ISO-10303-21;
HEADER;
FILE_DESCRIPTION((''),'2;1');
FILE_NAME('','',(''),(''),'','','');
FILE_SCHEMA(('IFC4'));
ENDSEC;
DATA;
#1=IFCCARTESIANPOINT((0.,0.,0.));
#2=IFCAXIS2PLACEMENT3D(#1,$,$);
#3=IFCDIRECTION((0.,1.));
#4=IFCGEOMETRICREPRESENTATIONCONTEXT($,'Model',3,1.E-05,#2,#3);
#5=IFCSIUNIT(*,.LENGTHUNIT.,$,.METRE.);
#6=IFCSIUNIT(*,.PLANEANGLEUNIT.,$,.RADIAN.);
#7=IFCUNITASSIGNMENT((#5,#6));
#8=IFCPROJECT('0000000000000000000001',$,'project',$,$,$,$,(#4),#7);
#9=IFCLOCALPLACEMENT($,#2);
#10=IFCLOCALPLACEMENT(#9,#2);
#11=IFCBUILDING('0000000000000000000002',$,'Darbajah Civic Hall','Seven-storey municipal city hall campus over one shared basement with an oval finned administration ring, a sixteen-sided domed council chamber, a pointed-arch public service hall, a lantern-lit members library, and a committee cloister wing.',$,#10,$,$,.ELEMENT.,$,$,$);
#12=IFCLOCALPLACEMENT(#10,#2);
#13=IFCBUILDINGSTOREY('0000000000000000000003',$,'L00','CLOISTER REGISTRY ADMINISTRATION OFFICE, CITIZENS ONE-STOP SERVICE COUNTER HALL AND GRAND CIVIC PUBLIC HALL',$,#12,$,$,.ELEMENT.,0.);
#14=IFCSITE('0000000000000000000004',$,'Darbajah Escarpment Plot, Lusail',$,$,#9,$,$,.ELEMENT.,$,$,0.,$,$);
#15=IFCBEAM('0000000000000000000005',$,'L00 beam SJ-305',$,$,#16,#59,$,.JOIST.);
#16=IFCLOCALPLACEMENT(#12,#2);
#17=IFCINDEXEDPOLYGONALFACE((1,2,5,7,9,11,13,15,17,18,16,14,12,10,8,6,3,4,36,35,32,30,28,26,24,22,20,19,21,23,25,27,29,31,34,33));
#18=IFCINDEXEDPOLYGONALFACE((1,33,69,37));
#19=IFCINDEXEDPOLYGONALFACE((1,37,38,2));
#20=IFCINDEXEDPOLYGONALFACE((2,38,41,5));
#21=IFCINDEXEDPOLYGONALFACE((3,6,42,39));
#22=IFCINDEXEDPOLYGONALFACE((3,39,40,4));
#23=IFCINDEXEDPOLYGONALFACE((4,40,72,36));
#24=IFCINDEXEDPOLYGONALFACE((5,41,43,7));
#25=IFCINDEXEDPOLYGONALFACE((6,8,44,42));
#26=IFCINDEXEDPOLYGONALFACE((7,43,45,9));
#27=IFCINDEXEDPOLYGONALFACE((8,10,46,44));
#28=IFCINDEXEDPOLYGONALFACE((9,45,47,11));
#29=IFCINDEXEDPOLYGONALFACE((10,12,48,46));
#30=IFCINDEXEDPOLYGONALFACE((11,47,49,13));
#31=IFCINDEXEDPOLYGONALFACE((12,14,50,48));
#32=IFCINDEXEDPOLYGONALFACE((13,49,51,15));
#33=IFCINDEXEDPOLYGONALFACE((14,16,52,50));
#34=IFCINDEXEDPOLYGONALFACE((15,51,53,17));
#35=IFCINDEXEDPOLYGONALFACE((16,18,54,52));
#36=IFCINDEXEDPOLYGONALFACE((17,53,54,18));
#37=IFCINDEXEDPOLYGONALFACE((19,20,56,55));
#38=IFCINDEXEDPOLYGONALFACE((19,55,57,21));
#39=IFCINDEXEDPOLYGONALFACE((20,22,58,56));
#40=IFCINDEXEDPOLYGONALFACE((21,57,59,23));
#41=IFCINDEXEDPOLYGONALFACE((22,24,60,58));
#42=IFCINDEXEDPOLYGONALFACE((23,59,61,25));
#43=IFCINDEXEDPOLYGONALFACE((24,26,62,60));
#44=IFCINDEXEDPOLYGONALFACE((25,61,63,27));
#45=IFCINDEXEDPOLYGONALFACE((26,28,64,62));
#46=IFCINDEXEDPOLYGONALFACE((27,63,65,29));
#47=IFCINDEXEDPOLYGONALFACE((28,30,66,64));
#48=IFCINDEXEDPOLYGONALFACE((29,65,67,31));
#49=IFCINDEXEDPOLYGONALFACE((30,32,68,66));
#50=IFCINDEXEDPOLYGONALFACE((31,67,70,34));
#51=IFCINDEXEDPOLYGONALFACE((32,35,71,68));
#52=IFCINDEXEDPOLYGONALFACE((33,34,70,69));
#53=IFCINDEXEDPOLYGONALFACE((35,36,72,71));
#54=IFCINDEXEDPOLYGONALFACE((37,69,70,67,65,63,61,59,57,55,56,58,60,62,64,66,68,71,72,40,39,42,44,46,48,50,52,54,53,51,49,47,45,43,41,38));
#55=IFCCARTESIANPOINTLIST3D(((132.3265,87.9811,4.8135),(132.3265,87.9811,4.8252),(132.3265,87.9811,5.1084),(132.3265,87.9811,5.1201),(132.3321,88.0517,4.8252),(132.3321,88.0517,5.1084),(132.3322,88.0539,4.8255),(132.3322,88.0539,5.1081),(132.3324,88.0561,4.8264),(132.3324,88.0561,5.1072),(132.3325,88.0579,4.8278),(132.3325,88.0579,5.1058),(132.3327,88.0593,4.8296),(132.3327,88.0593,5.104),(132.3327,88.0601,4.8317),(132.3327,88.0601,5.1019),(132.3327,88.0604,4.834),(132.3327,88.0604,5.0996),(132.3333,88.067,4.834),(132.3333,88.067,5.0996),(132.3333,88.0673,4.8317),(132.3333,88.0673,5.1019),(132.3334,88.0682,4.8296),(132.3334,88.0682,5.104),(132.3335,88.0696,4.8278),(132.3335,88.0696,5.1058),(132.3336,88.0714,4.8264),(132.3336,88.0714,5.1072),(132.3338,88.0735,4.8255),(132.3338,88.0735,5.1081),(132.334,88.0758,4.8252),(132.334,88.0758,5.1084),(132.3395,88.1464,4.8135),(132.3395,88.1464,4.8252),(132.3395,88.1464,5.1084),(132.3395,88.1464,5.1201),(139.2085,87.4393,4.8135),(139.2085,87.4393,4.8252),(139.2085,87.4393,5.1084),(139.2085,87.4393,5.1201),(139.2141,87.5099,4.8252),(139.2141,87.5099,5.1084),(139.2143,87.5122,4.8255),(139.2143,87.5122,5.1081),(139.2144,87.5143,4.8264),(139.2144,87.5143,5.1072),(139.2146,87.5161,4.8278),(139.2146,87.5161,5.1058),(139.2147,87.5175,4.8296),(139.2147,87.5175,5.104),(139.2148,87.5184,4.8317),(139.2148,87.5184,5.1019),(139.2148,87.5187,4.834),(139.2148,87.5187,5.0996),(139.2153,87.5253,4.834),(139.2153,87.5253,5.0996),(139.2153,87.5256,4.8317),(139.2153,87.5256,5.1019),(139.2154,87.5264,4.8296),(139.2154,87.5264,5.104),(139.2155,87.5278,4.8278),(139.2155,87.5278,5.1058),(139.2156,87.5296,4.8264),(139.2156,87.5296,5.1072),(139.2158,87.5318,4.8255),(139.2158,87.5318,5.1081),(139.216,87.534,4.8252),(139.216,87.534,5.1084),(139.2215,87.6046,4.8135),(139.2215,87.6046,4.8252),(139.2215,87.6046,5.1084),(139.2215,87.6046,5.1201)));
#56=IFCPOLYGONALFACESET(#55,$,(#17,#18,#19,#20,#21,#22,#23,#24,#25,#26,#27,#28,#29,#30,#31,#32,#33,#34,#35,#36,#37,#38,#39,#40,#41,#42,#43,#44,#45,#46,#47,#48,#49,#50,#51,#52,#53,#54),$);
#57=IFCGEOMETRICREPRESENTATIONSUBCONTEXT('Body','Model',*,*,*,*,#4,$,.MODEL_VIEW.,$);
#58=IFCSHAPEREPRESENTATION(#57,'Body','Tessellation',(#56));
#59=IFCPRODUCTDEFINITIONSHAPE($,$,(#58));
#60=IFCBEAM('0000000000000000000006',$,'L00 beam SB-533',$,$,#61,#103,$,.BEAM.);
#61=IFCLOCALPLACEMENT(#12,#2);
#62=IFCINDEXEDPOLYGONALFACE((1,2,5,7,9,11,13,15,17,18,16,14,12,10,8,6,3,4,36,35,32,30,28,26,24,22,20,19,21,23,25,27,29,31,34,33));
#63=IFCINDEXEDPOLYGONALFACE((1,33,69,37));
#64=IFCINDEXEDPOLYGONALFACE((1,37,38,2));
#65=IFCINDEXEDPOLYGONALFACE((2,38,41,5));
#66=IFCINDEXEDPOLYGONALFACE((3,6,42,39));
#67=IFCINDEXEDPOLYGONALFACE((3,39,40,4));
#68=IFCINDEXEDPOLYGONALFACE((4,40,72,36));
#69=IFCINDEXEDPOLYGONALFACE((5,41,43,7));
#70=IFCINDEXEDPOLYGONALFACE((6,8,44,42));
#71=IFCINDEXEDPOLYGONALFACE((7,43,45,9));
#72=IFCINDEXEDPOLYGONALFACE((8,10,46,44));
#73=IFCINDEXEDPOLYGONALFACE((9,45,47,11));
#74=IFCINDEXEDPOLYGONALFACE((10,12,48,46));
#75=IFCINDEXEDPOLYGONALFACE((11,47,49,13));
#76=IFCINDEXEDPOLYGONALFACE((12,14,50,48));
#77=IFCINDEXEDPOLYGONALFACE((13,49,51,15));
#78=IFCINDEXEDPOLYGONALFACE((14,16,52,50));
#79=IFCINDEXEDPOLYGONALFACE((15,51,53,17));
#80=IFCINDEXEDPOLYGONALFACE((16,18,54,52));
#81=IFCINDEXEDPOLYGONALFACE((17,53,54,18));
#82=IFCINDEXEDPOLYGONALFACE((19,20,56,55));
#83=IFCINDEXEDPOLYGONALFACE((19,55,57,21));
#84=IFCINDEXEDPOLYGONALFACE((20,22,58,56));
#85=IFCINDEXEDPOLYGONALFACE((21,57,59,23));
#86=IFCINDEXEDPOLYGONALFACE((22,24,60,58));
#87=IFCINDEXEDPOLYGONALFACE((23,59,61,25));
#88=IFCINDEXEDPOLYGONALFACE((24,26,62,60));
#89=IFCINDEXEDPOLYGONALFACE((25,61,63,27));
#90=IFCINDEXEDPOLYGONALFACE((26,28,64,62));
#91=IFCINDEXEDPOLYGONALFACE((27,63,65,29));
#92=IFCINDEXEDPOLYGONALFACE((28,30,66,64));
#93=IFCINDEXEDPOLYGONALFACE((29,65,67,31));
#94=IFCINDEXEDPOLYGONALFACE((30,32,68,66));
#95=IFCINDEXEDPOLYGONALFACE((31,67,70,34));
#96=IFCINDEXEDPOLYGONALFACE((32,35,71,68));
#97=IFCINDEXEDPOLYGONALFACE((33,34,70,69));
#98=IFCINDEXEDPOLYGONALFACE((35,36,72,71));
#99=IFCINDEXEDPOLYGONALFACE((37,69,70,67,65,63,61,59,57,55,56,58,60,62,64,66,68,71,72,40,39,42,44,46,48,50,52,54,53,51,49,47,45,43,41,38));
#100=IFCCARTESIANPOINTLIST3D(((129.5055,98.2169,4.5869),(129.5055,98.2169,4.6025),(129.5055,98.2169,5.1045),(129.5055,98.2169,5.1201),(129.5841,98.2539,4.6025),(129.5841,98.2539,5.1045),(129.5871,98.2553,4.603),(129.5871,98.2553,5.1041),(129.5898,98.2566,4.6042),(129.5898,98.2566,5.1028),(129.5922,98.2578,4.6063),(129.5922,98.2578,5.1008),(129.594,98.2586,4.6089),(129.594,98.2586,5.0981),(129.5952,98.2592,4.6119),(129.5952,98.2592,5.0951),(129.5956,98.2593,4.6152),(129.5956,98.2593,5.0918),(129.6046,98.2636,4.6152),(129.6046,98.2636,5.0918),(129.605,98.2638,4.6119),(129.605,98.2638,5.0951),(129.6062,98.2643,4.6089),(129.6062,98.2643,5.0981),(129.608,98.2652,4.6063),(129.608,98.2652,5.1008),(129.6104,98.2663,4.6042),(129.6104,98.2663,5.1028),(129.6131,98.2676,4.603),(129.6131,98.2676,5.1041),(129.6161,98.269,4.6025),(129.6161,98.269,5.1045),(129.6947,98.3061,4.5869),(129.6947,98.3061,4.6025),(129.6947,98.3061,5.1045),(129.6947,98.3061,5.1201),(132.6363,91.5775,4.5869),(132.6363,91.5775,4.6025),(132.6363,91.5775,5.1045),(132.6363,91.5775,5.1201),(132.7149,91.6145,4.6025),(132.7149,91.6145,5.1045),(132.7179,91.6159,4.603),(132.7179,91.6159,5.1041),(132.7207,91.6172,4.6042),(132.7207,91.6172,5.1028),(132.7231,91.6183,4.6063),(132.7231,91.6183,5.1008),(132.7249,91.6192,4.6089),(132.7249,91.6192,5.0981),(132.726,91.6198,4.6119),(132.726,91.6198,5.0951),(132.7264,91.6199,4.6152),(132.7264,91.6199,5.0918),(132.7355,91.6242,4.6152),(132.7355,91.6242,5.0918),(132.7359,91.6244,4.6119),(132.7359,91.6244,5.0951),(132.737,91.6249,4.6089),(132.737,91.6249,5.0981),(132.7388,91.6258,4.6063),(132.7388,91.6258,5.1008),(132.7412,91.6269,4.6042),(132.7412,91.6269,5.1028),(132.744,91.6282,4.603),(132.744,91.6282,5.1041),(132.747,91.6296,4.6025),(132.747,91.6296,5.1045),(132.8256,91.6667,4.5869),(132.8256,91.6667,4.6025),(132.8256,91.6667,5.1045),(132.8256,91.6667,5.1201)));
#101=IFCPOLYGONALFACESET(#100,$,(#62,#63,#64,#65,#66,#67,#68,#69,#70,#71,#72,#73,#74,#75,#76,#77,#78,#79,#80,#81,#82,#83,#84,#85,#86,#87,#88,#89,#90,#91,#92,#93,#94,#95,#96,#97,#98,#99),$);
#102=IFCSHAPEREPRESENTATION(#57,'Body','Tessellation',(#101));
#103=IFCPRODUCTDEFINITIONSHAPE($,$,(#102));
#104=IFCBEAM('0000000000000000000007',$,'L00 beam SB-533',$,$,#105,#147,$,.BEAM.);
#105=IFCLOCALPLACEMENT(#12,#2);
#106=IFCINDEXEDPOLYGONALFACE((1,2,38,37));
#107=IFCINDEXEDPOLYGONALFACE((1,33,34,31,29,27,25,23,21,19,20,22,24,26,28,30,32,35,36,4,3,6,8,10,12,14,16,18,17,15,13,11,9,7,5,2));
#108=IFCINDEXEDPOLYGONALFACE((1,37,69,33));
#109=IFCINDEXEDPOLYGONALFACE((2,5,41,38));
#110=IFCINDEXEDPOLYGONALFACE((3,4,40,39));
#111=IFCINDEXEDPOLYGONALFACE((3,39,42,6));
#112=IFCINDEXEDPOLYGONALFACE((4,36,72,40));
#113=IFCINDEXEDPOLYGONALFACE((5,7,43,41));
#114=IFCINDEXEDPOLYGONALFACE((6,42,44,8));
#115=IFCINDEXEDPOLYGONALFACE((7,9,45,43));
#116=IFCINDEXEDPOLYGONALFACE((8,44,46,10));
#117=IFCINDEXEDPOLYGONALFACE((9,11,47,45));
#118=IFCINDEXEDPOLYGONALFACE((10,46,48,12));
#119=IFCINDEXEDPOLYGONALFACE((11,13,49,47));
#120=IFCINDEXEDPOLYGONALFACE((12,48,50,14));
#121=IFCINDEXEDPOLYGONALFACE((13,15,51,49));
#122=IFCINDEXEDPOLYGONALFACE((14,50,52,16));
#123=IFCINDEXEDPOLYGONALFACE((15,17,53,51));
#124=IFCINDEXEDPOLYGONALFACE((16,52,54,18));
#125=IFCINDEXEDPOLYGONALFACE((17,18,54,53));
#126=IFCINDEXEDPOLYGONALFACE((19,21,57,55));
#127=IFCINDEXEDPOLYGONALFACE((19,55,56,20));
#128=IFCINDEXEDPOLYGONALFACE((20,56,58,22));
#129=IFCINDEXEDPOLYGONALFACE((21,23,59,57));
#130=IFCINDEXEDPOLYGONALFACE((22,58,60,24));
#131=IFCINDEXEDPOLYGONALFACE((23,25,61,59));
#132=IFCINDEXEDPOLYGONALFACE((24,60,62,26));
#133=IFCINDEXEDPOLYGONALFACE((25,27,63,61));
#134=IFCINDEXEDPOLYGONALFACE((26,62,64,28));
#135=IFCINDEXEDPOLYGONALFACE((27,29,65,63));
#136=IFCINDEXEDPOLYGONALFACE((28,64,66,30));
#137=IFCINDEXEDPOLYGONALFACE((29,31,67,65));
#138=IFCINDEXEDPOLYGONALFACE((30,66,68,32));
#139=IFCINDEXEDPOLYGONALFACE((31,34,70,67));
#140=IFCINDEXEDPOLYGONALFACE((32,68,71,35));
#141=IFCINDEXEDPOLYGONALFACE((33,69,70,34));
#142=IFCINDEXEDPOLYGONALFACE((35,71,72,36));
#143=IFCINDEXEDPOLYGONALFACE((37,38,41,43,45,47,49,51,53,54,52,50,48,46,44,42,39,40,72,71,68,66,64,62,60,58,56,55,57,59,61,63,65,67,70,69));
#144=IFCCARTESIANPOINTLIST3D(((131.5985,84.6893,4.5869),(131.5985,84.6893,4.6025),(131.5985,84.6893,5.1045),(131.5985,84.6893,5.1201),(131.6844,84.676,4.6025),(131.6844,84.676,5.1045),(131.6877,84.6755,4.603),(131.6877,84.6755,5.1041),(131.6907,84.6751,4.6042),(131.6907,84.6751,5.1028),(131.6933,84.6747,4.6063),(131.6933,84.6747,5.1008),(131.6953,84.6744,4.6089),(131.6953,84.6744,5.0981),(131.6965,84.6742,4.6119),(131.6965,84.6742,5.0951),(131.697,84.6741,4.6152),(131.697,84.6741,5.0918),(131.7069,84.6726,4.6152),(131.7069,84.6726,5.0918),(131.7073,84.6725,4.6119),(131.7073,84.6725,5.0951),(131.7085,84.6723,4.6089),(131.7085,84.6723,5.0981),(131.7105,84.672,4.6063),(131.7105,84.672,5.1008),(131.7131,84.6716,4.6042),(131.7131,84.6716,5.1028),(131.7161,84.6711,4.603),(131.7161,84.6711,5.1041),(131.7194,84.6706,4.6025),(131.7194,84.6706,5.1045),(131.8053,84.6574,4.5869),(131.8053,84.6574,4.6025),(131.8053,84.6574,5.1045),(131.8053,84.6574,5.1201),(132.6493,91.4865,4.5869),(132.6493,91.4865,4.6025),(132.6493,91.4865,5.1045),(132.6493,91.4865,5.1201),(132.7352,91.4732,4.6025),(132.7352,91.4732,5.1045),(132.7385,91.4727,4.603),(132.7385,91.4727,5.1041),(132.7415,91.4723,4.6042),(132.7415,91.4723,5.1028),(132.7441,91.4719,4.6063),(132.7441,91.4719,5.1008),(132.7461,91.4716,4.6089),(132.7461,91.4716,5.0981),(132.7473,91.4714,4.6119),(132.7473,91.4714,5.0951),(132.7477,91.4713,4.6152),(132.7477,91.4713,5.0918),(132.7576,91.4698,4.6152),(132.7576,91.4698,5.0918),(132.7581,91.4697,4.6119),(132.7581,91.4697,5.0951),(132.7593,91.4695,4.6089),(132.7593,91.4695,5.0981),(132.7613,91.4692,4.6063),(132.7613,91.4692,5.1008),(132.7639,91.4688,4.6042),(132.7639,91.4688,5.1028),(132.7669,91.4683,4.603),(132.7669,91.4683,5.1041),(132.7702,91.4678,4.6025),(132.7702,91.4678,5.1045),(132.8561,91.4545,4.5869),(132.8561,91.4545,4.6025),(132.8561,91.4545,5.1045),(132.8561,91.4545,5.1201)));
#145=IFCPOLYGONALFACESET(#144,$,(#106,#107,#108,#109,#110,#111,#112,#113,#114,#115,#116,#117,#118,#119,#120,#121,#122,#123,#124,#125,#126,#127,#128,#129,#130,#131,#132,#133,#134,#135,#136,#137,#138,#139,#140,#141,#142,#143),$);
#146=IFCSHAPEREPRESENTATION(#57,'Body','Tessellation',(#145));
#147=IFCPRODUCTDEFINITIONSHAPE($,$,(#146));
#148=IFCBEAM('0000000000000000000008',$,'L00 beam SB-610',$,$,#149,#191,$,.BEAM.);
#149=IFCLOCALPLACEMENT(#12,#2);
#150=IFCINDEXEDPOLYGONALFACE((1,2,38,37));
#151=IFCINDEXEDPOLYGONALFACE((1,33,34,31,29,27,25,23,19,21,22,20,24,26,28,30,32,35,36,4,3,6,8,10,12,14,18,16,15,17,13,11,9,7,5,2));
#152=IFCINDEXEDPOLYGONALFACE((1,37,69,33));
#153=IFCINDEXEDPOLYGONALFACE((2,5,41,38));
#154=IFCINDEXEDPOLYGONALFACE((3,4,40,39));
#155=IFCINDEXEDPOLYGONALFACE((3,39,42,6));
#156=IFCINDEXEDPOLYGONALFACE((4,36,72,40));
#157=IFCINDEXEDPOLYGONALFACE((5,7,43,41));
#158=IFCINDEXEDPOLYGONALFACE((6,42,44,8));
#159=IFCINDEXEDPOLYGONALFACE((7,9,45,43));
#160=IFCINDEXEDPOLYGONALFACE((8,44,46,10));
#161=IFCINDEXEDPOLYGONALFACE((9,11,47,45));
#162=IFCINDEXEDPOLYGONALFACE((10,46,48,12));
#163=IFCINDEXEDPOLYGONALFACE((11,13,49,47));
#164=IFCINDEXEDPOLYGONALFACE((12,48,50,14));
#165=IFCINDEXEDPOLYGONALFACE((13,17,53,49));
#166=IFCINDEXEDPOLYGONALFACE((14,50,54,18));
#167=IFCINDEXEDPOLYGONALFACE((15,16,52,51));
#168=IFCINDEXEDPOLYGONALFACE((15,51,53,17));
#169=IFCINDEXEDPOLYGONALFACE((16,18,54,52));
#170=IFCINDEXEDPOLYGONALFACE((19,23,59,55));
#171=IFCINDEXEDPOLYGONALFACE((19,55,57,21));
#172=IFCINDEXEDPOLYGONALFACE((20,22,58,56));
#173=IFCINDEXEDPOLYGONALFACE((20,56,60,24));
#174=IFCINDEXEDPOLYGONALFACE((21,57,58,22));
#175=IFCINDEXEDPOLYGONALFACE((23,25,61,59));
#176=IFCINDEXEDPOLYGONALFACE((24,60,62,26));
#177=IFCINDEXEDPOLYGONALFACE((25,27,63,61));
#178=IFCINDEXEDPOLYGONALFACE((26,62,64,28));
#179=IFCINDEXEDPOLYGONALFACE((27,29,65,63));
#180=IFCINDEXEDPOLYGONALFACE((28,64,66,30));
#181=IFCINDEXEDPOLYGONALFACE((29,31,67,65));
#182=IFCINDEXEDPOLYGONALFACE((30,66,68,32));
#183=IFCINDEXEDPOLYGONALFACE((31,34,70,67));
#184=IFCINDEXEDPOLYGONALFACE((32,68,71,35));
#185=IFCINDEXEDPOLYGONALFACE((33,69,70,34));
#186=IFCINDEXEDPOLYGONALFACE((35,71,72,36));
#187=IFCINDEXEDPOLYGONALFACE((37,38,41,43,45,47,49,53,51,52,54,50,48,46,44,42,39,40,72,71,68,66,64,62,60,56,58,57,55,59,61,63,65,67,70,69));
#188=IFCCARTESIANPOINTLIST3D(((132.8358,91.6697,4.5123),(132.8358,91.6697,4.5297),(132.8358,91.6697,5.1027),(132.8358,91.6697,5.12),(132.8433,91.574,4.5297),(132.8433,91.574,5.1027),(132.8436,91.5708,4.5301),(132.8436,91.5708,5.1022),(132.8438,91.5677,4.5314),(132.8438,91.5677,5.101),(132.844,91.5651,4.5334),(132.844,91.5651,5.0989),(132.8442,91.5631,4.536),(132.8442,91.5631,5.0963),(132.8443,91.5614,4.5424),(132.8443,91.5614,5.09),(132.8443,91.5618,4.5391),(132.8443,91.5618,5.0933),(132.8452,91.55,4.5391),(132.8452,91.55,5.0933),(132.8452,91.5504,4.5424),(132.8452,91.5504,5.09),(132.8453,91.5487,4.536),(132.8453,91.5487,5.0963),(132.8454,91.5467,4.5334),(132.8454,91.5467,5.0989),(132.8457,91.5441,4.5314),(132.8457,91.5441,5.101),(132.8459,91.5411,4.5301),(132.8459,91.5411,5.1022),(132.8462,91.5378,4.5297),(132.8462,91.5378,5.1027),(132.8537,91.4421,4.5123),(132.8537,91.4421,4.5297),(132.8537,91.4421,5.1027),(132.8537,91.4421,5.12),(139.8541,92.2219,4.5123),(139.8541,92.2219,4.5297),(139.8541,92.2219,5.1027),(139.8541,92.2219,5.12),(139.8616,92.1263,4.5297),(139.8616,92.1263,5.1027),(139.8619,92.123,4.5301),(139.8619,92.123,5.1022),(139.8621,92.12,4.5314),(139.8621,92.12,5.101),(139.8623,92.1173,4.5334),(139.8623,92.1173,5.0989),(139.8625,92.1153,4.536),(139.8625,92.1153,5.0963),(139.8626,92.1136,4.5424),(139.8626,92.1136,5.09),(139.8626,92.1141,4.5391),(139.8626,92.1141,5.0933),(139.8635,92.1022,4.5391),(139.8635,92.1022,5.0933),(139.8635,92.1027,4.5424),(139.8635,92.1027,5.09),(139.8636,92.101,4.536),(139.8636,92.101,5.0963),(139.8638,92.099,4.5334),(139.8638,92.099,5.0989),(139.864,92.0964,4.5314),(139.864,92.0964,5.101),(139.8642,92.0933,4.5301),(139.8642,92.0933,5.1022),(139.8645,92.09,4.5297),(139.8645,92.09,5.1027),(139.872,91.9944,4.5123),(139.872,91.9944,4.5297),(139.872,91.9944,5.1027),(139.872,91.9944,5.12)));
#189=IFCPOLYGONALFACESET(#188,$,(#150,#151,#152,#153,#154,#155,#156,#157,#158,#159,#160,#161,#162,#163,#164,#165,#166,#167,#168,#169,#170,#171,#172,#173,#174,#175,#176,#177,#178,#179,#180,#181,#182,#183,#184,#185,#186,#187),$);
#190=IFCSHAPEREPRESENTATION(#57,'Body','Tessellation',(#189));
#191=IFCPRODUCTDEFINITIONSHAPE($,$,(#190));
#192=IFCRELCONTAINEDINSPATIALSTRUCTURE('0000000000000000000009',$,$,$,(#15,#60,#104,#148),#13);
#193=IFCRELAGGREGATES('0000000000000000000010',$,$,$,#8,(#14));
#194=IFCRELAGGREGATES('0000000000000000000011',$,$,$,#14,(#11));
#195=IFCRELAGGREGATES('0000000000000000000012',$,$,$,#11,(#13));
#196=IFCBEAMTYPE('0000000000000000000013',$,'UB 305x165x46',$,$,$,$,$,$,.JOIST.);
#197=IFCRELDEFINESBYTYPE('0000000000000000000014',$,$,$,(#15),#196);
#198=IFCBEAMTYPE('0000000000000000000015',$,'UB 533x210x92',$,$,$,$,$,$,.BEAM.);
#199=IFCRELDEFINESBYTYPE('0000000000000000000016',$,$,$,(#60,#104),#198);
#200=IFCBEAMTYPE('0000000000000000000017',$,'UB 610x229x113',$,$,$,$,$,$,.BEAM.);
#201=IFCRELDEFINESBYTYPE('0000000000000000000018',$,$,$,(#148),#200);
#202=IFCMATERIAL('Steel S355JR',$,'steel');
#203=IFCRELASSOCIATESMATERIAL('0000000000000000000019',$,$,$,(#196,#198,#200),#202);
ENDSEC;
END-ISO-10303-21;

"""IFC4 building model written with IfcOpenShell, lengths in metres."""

from ifc_helpers import new_model, si_unit, direction, frame, origin, origin_2d, place, context, subcontext, project, spatial, i_section, extrude, material, material_profile, profile_set, type_object, element, save


model = new_model("IFC4")

# Units and contexts
model_context = context("Model", 3, precision=1e-05, world=origin(), true_north=direction((0.0, 1.0)))
body_context = subcontext(model_context, "Body", "Model", "MODEL_VIEW")
ifc_project = project(units=[si_unit("LENGTHUNIT", "METRE"), si_unit("PLANEANGLEUNIT", "RADIAN")], contexts=[model_context])

# Site, building, storey
site_placement = place(None, origin())
site = spatial("IfcSite", under=ifc_project, at=site_placement, Name="Darbajah Escarpment Plot, Lusail", CompositionType="ELEMENT", RefElevation=0.0)
building_placement = place(site_placement, origin())
building = spatial("IfcBuilding", under=site, at=building_placement, Name="Darbajah Civic Hall", Description="Seven-storey municipal city hall campus over one shared basement with an oval finned administration ring, a sixteen-sided domed council chamber, a pointed-arch public service hall, a lantern-lit members library, and a committee cloister wing.", CompositionType="ELEMENT")
storey_placement = place(building_placement, origin())
storey = spatial("IfcBuildingStorey", under=building, at=storey_placement, Name="L00", Description="CLOISTER REGISTRY ADMINISTRATION OFFICE, CITIZENS ONE-STOP SERVICE COUNTER HALL AND GRAND CIVIC PUBLIC HALL", CompositionType="ELEMENT", Elevation=0.0)

# Beams
ifc_material_1 = material(Name="Steel S355JR", Category="steel")
ifc_material_profile_1 = material_profile(ifc_material_1, i_section(OverallWidth=0.1658, OverallDepth=0.3066, WebThickness=0.0066, FlangeThickness=0.0117, FilletRadius=0.0088, at=origin_2d()), Name="UB 305x165x46")
ifc_profile_set_1 = profile_set([ifc_material_profile_1], Name="Steel S355JR")
beam_type_1 = type_object("IfcBeamType", Name="UB 305x165x46", PredefinedType="JOIST", material=ifc_profile_set_1)
for number, where, z_axis, x_axis, name in (
    (1, (132.333, 88.0637, 4.9668), (0.996916, -0.078476, 0.0), (0.078476, 0.996916, 0.0), "L00 beam SJ-305"),
):
    element("IfcBeam", number, at=place(storey_placement, frame(where, z_axis=z_axis, x_axis=x_axis)), inside=storey, type_object=beam_type_1, Name=name, PredefinedType="JOIST", context=body_context, shape_type="SweptSolid", body=[
        extrude(i_section(OverallWidth=0.1658, OverallDepth=0.3066, WebThickness=0.0066, FlangeThickness=0.0117, FilletRadius=0.0088, at=origin_2d()), origin(), (0.0, 0.0, 1.0), 6.9033),
    ])
ifc_material_profile_2 = material_profile(ifc_material_1, i_section(OverallWidth=0.2092, OverallDepth=0.5332, WebThickness=0.01, FlangeThickness=0.0156, FilletRadius=0.0127, at=origin_2d()), Name="UB 533x210x92")
ifc_profile_set_2 = profile_set([ifc_material_profile_2], Name="Steel S355JR")
beam_type_2 = type_object("IfcBeamType", Name="UB 533x210x92", PredefinedType="BEAM", material=ifc_profile_set_2)
beam_1_placement = place(storey_placement, frame((132.731, 91.6221, 4.8535), z_axis=(-0.426514, 0.904481, 0.0), x_axis=(-0.904481, -0.426514, 0.0)))
element("IfcBeam", 2, at=beam_1_placement, inside=storey, type_object=beam_type_2, Name="L00 beam SB-533", PredefinedType="BEAM", context=body_context, shape_type="SweptSolid", body=[
    extrude(i_section(OverallWidth=0.2092, OverallDepth=0.5332, WebThickness=0.01, FlangeThickness=0.0156, FilletRadius=0.0127, at=origin_2d()), origin(), (0.0, 0.0, 1.0), 7.3406),
])
beam_2_placement = place(storey_placement, frame((131.7019, 84.6733, 4.8535), z_axis=(0.152777, 0.988261, 0.0), x_axis=(-0.988261, 0.152777, 0.0)))
element("IfcBeam", 3, at=beam_2_placement, inside=storey, type_object=beam_type_2, Name="L00 beam SB-533", PredefinedType="BEAM", context=body_context, shape_type="SweptSolid", body=[
    extrude(i_section(OverallWidth=0.2092, OverallDepth=0.5332, WebThickness=0.01, FlangeThickness=0.0156, FilletRadius=0.0127, at=origin_2d()), origin(), (0.0, 0.0, 1.0), 6.8779),
])
ifc_material_profile_3 = material_profile(ifc_material_1, i_section(OverallWidth=0.2283, OverallDepth=0.6077, WebThickness=0.011, FlangeThickness=0.0173, FilletRadius=0.0127, at=origin_2d()), Name="UB 610x229x113")
ifc_profile_set_3 = profile_set([ifc_material_profile_3], Name="Steel S355JR")
beam_type_3 = type_object("IfcBeamType", Name="UB 610x229x113", PredefinedType="BEAM", material=ifc_profile_set_3)
for number, where, z_axis, x_axis, name in (
    (4, (132.8447, 91.5559, 4.8162), (0.996919, 0.078444, 0.0), (-0.078444, 0.996919, 0.0), "L00 beam SB-610"),
):
    element("IfcBeam", number, at=place(storey_placement, frame(where, z_axis=z_axis, x_axis=x_axis)), inside=storey, type_object=beam_type_3, Name=name, PredefinedType="BEAM", context=body_context, shape_type="SweptSolid", body=[
        extrude(i_section(OverallWidth=0.2283, OverallDepth=0.6077, WebThickness=0.011, FlangeThickness=0.0173, FilletRadius=0.0127, at=origin_2d()), origin(), (0.0, 0.0, 1.0), 7.04),
    ])

save(model, "model.ifc")
